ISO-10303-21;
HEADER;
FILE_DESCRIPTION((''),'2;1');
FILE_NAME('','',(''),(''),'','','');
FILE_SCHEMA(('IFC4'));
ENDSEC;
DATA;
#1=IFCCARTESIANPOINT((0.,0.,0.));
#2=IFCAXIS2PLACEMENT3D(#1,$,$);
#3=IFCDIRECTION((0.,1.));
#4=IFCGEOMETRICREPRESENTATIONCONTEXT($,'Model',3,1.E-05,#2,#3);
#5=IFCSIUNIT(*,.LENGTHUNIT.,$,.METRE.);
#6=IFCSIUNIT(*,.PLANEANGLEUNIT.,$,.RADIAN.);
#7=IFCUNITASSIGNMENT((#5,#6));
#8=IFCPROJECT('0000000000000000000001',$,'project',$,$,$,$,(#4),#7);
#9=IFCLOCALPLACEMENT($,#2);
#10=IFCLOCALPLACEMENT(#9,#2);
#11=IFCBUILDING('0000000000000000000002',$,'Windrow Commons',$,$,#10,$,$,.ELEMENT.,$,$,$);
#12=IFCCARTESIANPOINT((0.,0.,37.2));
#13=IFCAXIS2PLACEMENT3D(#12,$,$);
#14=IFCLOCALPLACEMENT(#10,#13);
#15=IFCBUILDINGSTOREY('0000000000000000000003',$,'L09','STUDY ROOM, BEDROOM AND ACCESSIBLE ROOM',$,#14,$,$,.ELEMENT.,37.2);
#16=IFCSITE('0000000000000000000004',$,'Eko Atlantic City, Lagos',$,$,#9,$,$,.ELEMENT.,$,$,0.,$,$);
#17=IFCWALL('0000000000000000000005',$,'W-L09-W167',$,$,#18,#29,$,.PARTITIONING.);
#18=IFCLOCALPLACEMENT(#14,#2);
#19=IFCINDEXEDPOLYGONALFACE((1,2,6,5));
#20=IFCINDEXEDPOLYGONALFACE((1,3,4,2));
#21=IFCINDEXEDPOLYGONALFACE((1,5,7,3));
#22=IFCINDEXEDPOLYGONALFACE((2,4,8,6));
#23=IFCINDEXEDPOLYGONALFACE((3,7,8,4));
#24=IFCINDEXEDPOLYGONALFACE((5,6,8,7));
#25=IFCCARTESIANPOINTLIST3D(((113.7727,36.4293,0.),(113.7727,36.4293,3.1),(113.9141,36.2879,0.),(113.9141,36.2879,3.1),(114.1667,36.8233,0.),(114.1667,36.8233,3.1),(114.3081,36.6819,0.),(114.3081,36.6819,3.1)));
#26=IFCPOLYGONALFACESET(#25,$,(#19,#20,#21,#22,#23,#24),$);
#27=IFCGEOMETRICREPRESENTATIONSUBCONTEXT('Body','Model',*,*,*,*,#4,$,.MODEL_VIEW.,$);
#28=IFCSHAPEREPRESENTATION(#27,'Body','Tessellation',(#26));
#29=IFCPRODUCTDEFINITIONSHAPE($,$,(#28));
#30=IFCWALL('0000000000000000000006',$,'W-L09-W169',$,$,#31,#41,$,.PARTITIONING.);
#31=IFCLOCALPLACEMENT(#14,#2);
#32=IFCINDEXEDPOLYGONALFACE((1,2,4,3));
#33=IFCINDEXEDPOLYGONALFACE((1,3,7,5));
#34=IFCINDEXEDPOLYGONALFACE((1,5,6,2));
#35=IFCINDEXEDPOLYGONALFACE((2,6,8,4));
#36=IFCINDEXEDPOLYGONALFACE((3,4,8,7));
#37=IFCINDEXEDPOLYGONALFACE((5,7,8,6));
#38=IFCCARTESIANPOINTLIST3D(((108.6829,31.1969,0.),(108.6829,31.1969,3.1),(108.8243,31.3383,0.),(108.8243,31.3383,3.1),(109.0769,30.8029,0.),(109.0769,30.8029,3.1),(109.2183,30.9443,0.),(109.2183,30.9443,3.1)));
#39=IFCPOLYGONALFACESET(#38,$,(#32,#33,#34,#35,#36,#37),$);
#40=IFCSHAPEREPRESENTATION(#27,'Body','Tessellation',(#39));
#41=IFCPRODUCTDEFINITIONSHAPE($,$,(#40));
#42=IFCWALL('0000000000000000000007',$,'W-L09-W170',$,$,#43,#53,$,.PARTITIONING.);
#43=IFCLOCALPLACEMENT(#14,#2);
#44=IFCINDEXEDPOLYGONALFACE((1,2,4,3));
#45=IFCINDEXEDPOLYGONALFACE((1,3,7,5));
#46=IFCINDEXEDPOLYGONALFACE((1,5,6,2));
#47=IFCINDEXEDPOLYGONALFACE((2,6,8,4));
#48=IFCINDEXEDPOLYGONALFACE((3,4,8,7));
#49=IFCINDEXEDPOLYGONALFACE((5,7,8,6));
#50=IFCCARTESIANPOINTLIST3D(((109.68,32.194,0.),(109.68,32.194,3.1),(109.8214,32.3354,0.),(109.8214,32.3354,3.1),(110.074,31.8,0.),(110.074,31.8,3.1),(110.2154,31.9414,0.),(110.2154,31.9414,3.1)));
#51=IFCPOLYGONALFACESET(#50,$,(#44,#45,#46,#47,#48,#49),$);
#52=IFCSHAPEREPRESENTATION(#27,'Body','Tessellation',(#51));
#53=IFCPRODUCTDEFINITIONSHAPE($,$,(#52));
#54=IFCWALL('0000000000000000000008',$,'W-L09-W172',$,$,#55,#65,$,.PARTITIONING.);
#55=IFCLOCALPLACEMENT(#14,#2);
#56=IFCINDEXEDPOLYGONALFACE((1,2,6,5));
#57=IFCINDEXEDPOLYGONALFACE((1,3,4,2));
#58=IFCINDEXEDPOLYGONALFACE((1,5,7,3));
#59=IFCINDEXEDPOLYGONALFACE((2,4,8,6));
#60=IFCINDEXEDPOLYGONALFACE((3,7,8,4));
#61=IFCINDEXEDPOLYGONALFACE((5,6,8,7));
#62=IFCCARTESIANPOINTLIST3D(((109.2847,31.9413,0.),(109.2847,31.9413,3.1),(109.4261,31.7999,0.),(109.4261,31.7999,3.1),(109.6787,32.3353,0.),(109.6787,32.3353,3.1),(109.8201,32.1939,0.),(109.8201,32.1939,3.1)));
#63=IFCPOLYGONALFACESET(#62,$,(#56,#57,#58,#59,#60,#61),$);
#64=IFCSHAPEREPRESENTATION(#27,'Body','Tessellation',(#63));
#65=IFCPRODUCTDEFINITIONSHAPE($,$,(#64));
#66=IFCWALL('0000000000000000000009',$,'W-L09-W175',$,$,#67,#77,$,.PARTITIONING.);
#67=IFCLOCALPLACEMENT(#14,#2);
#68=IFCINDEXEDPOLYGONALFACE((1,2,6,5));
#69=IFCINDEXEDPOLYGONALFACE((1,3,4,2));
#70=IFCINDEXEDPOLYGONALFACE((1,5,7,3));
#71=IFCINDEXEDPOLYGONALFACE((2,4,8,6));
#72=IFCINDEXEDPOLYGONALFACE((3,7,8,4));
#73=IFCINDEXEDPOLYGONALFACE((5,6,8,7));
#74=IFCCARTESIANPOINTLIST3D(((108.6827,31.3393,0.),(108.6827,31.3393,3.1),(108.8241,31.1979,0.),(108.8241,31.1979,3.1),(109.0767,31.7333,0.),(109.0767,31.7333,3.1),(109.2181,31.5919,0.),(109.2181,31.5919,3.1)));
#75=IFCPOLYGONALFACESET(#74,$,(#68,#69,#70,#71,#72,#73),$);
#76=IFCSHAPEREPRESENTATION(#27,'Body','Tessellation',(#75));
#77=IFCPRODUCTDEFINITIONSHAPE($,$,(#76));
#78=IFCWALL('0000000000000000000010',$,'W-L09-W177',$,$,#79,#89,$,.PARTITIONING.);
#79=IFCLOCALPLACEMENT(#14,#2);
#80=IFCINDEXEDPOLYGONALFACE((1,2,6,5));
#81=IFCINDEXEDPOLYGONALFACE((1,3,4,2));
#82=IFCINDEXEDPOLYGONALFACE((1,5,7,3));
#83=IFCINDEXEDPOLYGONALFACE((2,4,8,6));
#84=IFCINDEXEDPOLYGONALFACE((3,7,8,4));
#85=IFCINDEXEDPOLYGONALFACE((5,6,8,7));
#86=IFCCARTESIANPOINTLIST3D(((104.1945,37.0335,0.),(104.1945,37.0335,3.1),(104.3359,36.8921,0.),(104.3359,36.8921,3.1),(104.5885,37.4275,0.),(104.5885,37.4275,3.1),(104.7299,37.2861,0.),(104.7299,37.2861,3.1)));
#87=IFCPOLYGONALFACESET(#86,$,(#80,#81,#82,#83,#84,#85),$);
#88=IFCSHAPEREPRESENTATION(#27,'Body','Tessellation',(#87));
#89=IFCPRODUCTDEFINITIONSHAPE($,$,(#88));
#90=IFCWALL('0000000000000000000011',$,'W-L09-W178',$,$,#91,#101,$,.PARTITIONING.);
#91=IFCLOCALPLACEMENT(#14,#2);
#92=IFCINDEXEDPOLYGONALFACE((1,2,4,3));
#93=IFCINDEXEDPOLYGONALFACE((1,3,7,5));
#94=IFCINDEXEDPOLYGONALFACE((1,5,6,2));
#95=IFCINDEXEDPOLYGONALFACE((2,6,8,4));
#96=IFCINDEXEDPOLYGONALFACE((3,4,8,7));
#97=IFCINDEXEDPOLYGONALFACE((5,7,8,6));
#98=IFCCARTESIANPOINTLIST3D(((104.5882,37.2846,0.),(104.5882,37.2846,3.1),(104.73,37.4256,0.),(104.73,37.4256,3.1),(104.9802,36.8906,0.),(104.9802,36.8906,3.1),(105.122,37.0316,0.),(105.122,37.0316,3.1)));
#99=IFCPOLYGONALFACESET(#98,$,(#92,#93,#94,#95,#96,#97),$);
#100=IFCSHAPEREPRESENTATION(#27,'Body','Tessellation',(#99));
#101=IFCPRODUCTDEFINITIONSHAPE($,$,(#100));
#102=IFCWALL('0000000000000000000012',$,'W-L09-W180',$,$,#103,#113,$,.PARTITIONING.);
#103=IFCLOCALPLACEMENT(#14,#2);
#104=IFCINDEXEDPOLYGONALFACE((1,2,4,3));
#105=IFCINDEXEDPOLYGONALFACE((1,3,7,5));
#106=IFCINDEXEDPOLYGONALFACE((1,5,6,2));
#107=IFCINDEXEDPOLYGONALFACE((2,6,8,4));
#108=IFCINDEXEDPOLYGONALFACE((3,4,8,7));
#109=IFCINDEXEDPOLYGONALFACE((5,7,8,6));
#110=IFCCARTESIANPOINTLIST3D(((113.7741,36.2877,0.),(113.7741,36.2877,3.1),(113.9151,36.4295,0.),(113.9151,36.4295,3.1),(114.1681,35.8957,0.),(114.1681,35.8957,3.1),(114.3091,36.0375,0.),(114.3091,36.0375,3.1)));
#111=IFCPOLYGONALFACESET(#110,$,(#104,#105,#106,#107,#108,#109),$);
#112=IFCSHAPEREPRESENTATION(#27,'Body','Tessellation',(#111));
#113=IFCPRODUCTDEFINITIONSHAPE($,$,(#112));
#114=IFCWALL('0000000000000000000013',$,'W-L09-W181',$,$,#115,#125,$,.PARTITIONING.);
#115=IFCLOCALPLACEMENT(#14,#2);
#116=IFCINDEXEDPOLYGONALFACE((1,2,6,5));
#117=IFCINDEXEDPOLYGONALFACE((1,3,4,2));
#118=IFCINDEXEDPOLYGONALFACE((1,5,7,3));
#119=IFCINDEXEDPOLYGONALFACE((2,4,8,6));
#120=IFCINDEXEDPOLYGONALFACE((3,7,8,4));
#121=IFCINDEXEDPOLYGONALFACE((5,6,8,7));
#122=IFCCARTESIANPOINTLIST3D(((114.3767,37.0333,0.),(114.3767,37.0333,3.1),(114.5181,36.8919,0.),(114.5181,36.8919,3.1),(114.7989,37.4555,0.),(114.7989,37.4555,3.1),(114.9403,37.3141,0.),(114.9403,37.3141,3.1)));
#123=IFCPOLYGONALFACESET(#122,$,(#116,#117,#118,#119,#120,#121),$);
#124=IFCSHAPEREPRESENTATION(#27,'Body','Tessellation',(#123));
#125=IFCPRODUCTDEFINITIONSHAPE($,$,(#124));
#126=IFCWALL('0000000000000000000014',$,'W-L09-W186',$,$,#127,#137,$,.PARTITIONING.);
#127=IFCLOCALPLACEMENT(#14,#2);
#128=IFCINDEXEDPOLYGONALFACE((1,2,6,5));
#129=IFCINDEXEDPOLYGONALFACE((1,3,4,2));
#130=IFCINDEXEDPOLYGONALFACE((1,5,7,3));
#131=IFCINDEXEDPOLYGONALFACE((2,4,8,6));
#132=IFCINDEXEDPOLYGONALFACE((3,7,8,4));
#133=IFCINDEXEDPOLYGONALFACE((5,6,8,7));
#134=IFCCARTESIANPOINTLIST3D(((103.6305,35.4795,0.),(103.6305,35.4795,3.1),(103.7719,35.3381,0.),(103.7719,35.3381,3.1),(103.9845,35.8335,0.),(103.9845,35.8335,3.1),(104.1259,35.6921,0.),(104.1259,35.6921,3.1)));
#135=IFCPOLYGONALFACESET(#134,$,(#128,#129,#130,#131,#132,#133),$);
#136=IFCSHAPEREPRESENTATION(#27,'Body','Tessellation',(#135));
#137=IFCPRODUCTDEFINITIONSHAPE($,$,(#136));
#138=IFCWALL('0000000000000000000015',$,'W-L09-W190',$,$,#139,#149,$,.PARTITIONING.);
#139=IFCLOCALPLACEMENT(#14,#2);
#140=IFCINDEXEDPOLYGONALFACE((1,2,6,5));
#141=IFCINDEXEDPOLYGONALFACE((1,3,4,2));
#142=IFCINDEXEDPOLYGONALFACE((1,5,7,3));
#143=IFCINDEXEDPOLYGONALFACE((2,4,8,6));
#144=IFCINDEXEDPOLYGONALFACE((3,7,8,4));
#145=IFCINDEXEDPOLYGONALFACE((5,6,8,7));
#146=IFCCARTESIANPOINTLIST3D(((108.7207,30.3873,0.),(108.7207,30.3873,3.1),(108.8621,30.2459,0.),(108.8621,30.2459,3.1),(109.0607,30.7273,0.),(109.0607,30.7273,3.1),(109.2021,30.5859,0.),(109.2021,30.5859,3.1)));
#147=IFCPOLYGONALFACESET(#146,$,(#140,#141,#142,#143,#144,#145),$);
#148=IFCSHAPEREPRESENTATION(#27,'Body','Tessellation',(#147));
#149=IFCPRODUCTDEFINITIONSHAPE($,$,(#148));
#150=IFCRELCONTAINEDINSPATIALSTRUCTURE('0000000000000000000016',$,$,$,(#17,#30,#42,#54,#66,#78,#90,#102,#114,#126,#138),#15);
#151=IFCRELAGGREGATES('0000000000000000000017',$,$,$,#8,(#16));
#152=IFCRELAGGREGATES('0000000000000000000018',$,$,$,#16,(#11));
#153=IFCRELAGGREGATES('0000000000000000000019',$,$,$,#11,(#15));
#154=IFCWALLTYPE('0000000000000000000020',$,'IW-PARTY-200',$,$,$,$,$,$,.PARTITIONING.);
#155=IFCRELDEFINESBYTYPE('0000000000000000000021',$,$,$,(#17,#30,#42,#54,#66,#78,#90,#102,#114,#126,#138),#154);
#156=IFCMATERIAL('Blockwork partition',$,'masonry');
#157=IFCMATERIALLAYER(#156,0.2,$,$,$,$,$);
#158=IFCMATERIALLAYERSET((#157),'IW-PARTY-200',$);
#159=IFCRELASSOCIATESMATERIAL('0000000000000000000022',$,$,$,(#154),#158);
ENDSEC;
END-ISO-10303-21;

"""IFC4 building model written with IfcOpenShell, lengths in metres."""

from ifc_helpers import new_model, si_unit, direction, frame, frame_2d, origin, place, context, subcontext, project, spatial, rectangle, extrude, material, layer, layer_set, type_object, element, save


model = new_model("IFC4")

# Units and contexts
model_context = context("Model", 3, precision=1e-05, world=origin(), true_north=direction((0.0, 1.0)))
body_context = subcontext(model_context, "Body", "Model", "MODEL_VIEW")
ifc_project = project(units=[si_unit("LENGTHUNIT", "METRE"), si_unit("PLANEANGLEUNIT", "RADIAN")], contexts=[model_context])

# Site, building, storey
site_placement = place(None, origin())
site = spatial("IfcSite", under=ifc_project, at=site_placement, Name="Eko Atlantic City, Lagos", CompositionType="ELEMENT", RefElevation=0.0)
building_placement = place(site_placement, origin())
building = spatial("IfcBuilding", under=site, at=building_placement, Name="Windrow Commons", CompositionType="ELEMENT")
storey_placement = place(building_placement, frame((0.0, 0.0, 37.2)))
storey = spatial("IfcBuildingStorey", under=building, at=storey_placement, Name="L09", Description="STUDY ROOM, BEDROOM AND ACCESSIBLE ROOM", CompositionType="ELEMENT", Elevation=37.2)

# Walls
ifc_material_1 = material(Name="Blockwork partition", Category="masonry")
ifc_layer_1 = layer(ifc_material_1, 0.2)
ifc_layer_set_1 = layer_set([ifc_layer_1], Name="IW-PARTY-200")
wall_type_1 = type_object("IfcWallType", Name="IW-PARTY-200", PredefinedType="PARTITIONING", material=ifc_layer_set_1)
for number, where, z_axis, x_axis, name in (
    (1, (113.8434, 36.3586, 0.0), (0.0, 0.0, 1.0), (0.707107, 0.707107, 0.0), "W-L09-W167"),
    (2, (108.7536, 31.2676, 0.0), (0.0, 0.0, 1.0), (0.707107, -0.707107, 0.0), "W-L09-W169"),
    (3, (109.7507, 32.2647, 0.0), (0.0, 0.0, 1.0), (0.707107, -0.707107, 0.0), "W-L09-W170"),
    (4, (109.3554, 31.8706, 0.0), (0.0, 0.0, 1.0), (0.707107, 0.707107, 0.0), "W-L09-W172"),
    (5, (108.7534, 31.2686, 0.0), (0.0, 0.0, 1.0), (0.707107, 0.707107, 0.0), "W-L09-W175"),
    (6, (104.2652, 36.9628, 0.0), (0.0, 0.0, 1.0), (0.707107, 0.707107, 0.0), "W-L09-W177"),
):
    element("IfcWall", number, at=place(storey_placement, frame(where, z_axis=z_axis, x_axis=x_axis)), inside=storey, type_object=wall_type_1, Name=name, PredefinedType="PARTITIONING", context=body_context, shape_type="SweptSolid", body=[
        extrude(rectangle(XDim=0.5572, YDim=0.2, at=frame_2d((0.2786, 0.0))), origin(), (0.0, 0.0, 1.0), 3.1),
    ])
for number, where, z_axis, x_axis, name in (
    (7, (104.6591, 37.3551, 0.0), (0.0, 0.0, 1.0), (0.705305, -0.708904, 0.0), "W-L09-W178"),
    (8, (113.8446, 36.3586, 0.0), (0.0, 0.0, 1.0), (0.708904, -0.705305, 0.0), "W-L09-W180"),
):
    element("IfcWall", number, at=place(storey_placement, frame(where, z_axis=z_axis, x_axis=x_axis)), inside=storey, type_object=wall_type_1, Name=name, PredefinedType="PARTITIONING", context=body_context, shape_type="SweptSolid", body=[
        extrude(rectangle(XDim=0.5558, YDim=0.2, at=frame_2d((0.2779, 0.0))), origin(), (0.0, 0.0, 1.0), 3.1),
    ])
wall_1_placement = place(storey_placement, frame((114.4474, 36.9626, 0.0), z_axis=(0.0, 0.0, 1.0), x_axis=(0.707107, 0.707107, 0.0)))
element("IfcWall", 9, at=wall_1_placement, inside=storey, type_object=wall_type_1, Name="W-L09-W181", PredefinedType="PARTITIONING", context=body_context, shape_type="SweptSolid", body=[
    extrude(rectangle(XDim=0.5971, YDim=0.2, at=frame_2d((0.2985, 0.0))), origin(), (0.0, 0.0, 1.0), 3.1),
])
wall_2_placement = place(storey_placement, frame((103.7012, 35.4088, 0.0), z_axis=(0.0, 0.0, 1.0), x_axis=(0.707107, 0.707107, 0.0)))
element("IfcWall", 10, at=wall_2_placement, inside=storey, type_object=wall_type_1, Name="W-L09-W186", PredefinedType="PARTITIONING", context=body_context, shape_type="SweptSolid", body=[
    extrude(rectangle(XDim=0.5006, YDim=0.2, at=frame_2d((0.2503, 0.0))), origin(), (0.0, 0.0, 1.0), 3.1),
])
wall_3_placement = place(storey_placement, frame((108.7914, 30.3166, 0.0), z_axis=(0.0, 0.0, 1.0), x_axis=(0.707107, 0.707107, 0.0)))
element("IfcWall", 11, at=wall_3_placement, inside=storey, type_object=wall_type_1, Name="W-L09-W190", PredefinedType="PARTITIONING", context=body_context, shape_type="SweptSolid", body=[
    extrude(rectangle(XDim=0.4808, YDim=0.2, at=frame_2d((0.2404, 0.0))), origin(), (0.0, 0.0, 1.0), 3.1),
])

save(model, "model.ifc")
